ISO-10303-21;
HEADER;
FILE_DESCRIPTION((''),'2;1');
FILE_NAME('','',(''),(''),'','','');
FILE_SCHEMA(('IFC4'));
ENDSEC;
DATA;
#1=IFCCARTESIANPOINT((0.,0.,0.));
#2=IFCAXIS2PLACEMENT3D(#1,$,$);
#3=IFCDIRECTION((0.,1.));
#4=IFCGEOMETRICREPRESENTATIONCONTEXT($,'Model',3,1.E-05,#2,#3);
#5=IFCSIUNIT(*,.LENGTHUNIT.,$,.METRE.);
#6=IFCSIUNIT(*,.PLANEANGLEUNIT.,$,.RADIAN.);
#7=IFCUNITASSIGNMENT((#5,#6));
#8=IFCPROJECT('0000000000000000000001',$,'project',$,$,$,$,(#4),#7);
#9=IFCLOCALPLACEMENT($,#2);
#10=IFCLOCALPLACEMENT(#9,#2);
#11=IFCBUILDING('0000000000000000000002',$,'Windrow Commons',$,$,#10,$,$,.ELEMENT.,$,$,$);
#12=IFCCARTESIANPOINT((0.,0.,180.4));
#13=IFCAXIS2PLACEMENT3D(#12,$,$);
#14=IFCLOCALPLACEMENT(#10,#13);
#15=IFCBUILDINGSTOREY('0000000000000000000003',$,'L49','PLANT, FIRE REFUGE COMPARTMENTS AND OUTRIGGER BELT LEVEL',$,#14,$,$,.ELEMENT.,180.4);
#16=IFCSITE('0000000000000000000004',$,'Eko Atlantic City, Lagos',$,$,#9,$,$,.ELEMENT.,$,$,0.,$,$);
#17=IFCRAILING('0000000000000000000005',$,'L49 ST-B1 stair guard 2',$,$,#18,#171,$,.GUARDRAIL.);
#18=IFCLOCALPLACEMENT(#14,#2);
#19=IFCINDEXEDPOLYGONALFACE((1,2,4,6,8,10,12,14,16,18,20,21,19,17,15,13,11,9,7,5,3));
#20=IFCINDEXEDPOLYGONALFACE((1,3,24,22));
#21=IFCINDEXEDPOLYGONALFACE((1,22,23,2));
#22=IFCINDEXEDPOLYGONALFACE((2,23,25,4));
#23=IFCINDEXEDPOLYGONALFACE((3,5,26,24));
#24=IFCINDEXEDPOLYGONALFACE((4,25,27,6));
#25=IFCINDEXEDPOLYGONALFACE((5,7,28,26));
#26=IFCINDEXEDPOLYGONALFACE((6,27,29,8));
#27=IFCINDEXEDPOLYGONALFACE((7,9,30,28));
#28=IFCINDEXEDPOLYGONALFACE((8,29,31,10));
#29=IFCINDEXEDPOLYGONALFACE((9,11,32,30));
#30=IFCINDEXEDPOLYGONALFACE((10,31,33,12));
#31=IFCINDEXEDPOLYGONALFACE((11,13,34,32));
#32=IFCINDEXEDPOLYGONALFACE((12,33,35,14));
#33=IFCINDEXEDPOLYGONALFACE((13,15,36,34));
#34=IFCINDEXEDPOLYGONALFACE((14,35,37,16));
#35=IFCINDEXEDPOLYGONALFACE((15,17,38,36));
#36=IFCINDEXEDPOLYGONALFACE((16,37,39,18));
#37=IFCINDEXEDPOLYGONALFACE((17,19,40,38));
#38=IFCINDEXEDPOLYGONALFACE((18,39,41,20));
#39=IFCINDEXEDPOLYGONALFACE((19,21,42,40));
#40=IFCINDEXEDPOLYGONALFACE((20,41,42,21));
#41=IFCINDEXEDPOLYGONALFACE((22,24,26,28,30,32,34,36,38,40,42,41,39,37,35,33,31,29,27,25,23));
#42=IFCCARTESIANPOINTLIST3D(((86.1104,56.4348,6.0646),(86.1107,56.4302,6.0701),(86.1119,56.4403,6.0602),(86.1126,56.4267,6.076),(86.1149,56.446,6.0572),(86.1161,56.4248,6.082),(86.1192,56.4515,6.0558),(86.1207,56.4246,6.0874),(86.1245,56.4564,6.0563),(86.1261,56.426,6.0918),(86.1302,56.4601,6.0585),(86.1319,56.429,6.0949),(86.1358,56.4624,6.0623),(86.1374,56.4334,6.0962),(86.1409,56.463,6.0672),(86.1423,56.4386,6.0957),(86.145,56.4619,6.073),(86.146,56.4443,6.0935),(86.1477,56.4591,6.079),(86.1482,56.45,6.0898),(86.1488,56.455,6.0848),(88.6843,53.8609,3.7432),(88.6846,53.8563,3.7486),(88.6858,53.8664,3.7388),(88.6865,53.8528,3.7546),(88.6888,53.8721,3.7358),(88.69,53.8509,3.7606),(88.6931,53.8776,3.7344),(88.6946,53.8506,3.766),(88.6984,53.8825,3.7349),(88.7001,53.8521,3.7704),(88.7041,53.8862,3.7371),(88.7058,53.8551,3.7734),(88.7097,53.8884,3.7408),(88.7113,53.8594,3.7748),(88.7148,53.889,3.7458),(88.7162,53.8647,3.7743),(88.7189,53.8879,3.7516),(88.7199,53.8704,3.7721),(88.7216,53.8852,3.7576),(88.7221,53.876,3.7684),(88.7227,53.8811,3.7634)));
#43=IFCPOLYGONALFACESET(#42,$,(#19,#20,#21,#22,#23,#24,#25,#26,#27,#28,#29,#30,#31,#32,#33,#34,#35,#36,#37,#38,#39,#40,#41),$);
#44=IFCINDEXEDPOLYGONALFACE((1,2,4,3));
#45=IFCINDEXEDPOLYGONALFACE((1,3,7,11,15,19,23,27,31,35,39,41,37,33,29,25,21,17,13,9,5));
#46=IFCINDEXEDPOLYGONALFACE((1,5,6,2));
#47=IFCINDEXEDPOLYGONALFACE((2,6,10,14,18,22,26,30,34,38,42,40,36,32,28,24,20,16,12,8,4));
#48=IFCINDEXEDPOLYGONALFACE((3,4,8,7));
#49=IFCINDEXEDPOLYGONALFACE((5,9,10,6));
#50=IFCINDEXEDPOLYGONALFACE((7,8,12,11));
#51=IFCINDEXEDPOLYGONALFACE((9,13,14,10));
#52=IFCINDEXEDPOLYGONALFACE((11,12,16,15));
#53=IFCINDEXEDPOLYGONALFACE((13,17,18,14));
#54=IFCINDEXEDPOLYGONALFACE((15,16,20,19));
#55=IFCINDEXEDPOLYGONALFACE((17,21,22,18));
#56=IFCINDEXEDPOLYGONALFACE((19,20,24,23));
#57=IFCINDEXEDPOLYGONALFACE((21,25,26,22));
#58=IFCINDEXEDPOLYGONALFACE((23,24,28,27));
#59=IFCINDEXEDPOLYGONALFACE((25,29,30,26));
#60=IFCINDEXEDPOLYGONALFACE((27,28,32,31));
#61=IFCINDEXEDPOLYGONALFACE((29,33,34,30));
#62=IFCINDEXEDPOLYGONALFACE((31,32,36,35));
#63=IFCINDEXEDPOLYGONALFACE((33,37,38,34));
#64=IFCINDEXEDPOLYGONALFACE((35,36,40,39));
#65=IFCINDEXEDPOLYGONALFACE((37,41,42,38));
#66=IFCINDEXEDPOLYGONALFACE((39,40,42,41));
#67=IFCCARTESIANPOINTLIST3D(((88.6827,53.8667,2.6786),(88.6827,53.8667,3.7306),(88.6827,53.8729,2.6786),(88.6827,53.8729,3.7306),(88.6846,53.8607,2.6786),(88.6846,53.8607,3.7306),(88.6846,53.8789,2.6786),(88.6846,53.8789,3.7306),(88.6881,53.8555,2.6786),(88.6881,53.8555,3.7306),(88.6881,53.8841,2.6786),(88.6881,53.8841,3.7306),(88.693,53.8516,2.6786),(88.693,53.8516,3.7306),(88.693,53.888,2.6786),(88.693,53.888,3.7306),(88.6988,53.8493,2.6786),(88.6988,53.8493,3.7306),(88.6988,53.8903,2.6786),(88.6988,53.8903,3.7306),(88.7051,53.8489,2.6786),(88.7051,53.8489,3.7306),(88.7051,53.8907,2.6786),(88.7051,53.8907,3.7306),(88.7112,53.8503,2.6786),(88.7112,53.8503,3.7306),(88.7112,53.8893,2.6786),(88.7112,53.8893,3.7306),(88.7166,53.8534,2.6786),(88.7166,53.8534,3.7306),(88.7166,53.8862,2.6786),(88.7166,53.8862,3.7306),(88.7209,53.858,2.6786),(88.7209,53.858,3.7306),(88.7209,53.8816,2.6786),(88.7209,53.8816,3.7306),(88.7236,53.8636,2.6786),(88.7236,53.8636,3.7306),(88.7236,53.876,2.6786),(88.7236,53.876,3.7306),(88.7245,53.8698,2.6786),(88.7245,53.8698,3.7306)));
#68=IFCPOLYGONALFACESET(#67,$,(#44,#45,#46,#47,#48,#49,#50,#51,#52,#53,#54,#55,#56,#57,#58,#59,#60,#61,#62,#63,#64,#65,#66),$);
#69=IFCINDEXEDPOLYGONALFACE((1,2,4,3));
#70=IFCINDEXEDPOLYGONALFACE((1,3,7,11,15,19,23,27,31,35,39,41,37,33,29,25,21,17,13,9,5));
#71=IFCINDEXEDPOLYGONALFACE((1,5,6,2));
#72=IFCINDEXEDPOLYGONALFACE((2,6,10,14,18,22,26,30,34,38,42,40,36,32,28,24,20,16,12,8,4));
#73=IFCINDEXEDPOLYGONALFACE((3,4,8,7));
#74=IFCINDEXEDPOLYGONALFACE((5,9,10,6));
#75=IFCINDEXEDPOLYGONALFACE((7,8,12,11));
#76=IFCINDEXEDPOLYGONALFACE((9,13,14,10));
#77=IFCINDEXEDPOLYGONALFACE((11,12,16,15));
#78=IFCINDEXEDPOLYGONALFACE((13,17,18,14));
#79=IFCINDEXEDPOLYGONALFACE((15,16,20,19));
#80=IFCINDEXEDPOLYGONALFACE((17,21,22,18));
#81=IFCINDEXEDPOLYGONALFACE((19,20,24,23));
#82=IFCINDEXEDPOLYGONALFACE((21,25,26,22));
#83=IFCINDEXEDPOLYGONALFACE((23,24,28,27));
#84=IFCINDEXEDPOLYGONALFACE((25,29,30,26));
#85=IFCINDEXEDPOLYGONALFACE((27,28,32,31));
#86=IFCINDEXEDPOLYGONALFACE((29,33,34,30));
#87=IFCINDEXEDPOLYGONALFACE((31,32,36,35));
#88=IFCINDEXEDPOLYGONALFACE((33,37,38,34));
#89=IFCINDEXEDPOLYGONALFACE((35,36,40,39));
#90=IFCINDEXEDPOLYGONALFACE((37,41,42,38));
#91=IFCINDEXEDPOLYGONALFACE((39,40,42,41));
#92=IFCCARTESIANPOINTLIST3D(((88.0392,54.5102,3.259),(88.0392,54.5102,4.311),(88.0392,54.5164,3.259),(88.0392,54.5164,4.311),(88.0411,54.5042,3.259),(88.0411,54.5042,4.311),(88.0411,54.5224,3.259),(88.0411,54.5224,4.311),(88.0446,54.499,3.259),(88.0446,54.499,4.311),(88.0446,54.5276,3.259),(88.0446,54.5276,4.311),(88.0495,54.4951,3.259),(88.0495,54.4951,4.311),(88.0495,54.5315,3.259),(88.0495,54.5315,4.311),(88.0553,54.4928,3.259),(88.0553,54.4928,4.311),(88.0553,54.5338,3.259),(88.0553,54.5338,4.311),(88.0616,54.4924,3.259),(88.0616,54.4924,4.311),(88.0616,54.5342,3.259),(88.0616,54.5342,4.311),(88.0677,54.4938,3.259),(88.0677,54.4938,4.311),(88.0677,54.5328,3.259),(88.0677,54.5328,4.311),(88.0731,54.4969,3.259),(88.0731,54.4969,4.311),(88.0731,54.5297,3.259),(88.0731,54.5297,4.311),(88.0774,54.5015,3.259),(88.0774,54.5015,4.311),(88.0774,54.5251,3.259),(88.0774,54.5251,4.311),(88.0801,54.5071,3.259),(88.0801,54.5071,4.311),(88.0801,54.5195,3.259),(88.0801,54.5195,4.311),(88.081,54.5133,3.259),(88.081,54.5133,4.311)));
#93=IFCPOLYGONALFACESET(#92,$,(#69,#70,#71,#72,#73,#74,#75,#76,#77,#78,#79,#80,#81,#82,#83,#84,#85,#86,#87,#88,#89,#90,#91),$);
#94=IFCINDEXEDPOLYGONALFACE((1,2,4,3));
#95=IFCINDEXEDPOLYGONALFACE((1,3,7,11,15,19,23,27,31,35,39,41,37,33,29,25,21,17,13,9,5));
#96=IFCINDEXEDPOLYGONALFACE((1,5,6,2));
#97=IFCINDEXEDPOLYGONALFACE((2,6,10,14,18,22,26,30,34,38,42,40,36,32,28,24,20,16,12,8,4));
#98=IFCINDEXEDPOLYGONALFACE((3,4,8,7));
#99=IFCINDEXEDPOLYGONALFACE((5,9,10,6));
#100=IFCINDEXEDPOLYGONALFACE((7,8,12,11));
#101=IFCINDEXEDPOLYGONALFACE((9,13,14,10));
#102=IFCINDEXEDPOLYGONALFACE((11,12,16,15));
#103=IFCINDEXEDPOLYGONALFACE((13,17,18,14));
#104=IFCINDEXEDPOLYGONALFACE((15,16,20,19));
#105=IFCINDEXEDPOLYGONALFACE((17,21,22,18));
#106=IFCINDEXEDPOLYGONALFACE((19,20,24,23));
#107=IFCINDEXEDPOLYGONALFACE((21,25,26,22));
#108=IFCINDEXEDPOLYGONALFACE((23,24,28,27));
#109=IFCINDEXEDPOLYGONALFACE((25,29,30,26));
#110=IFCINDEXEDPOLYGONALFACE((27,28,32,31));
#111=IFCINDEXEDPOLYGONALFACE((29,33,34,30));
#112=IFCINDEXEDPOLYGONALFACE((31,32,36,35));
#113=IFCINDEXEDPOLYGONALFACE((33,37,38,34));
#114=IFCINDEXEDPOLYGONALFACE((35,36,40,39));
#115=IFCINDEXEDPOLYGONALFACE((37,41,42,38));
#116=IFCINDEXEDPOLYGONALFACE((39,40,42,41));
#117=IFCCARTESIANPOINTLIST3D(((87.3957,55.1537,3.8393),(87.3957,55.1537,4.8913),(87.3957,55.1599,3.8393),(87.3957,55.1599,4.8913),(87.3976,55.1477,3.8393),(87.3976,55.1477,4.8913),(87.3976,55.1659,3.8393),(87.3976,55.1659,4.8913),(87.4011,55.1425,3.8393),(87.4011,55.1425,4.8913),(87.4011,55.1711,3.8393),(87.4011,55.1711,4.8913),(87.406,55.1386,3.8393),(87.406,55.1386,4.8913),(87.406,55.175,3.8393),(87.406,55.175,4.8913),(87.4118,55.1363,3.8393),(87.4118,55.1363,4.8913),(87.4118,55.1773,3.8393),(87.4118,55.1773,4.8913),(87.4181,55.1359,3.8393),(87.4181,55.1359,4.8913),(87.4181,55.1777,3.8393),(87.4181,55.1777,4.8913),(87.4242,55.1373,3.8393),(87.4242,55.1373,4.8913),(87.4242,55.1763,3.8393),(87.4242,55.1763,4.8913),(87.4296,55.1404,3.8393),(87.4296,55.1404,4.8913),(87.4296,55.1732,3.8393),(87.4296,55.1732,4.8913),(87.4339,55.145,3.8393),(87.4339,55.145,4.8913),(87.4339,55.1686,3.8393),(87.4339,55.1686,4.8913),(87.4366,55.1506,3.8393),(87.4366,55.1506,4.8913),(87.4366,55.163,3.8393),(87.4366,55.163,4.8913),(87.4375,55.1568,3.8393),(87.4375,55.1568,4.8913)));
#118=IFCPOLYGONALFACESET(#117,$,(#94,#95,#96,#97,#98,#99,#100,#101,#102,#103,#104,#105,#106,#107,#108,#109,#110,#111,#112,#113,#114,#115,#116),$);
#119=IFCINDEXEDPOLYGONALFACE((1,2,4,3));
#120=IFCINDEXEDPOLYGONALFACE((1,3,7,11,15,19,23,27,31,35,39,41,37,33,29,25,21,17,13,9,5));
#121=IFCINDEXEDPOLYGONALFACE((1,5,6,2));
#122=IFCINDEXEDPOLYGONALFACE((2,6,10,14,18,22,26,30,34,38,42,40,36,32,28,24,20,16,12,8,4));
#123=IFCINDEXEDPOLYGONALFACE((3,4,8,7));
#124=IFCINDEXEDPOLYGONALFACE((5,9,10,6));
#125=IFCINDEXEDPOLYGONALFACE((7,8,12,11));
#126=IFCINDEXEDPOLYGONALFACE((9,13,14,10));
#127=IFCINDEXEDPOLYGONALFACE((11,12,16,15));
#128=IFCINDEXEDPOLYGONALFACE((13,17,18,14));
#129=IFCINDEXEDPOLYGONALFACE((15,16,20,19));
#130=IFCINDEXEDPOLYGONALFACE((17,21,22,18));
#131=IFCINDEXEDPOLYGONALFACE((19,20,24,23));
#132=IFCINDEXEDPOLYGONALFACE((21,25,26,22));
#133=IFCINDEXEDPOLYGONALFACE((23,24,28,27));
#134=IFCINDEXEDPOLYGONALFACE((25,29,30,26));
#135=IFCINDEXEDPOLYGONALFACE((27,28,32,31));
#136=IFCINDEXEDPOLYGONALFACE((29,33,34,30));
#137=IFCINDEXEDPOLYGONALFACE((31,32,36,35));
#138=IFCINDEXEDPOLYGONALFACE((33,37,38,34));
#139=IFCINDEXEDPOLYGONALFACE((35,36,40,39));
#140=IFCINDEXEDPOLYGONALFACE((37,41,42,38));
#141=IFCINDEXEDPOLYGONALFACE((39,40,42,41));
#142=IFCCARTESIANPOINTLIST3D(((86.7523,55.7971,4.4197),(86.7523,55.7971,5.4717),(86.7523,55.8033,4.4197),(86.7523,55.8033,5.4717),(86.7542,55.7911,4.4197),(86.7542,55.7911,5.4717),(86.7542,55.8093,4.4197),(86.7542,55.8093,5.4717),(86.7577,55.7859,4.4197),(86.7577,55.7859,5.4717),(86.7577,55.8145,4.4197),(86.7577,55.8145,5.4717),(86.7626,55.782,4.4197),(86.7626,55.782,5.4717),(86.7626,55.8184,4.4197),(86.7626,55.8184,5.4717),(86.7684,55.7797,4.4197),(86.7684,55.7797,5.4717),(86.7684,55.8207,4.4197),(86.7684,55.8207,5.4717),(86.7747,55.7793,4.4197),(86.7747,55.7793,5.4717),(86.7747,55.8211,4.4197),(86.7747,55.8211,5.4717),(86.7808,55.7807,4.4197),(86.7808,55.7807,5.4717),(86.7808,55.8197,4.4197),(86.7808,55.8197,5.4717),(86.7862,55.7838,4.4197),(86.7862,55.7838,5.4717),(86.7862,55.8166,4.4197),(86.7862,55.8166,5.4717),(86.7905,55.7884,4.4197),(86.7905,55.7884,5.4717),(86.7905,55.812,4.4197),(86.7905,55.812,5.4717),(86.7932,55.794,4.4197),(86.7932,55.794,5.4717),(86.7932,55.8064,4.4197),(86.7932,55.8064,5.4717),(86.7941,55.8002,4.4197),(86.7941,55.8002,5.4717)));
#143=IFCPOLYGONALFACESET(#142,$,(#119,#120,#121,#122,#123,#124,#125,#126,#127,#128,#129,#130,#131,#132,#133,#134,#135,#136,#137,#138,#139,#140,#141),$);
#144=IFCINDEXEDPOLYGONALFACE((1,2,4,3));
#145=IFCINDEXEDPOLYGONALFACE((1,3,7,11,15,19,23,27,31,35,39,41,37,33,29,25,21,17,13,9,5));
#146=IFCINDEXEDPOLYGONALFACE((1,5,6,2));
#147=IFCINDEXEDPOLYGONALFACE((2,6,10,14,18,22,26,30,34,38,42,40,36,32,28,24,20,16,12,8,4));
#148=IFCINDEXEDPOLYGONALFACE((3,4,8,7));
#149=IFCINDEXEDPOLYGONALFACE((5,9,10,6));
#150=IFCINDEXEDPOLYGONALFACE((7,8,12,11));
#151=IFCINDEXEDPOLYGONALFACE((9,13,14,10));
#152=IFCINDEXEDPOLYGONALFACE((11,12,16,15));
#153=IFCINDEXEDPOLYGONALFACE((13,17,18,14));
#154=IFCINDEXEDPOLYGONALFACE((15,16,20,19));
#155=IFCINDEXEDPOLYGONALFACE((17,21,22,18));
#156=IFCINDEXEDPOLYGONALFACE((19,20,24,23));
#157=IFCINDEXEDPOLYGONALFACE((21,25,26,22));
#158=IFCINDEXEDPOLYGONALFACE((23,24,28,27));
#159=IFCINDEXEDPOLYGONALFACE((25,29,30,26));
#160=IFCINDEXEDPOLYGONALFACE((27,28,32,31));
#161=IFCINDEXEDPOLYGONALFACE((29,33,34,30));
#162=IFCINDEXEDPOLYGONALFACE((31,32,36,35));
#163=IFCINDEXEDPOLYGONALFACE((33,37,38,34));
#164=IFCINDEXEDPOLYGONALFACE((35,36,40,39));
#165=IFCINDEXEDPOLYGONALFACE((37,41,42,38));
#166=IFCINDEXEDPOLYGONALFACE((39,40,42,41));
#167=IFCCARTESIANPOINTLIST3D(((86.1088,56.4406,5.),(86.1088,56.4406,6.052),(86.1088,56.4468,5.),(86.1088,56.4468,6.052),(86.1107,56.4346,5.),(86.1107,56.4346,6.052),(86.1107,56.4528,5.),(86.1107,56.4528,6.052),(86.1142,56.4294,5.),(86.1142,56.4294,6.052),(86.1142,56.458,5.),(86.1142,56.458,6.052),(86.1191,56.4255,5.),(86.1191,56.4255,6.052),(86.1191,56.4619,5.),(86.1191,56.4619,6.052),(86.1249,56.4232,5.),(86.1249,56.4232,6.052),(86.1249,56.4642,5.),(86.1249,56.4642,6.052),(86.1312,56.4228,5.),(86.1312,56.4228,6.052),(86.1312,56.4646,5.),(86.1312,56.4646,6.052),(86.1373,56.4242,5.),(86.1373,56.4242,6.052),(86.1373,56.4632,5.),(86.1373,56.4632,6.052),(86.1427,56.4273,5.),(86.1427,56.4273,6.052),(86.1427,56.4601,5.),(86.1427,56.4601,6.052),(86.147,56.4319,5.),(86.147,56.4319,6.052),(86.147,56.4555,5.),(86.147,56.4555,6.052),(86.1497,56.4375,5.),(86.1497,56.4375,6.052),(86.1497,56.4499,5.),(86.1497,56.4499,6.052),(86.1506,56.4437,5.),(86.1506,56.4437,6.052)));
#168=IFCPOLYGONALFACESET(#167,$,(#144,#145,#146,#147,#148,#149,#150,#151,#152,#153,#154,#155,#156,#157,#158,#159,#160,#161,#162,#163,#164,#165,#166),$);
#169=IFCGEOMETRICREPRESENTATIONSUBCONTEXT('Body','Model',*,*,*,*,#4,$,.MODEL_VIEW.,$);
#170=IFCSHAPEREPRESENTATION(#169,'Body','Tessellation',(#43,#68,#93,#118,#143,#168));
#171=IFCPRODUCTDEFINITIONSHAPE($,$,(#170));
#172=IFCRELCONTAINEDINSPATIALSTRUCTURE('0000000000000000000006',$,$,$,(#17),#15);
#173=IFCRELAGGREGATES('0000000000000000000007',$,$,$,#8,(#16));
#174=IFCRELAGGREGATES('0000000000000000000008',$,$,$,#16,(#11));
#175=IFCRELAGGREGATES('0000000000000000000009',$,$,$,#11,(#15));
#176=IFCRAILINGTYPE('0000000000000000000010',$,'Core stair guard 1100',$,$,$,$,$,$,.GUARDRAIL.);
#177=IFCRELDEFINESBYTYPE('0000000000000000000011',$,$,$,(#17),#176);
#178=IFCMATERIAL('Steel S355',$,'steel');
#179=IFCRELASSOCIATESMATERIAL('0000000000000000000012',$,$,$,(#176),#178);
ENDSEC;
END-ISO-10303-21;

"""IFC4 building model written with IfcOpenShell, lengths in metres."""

from ifc_helpers import new_model, si_unit, direction, frame, origin, origin_2d, place, context, subcontext, project, spatial, circle, extrude, material, type_object, element, save


model = new_model("IFC4")

# Units and contexts
model_context = context("Model", 3, precision=1e-05, world=origin(), true_north=direction((0.0, 1.0)))
body_context = subcontext(model_context, "Body", "Model", "MODEL_VIEW")
ifc_project = project(units=[si_unit("LENGTHUNIT", "METRE"), si_unit("PLANEANGLEUNIT", "RADIAN")], contexts=[model_context])

# Site, building, storey
site_placement = place(None, origin())
site = spatial("IfcSite", under=ifc_project, at=site_placement, Name="Eko Atlantic City, Lagos", CompositionType="ELEMENT", RefElevation=0.0)
building_placement = place(site_placement, origin())
building = spatial("IfcBuilding", under=site, at=building_placement, Name="Windrow Commons", CompositionType="ELEMENT")
storey_placement = place(building_placement, frame((0.0, 0.0, 180.4)))
storey = spatial("IfcBuildingStorey", under=building, at=storey_placement, Name="L49", Description="PLANT, FIRE REFUGE COMPARTMENTS AND OUTRIGGER BELT LEVEL", CompositionType="ELEMENT", Elevation=180.4)

# Railing
ifc_material_1 = material(Name="Steel S355", Category="steel")
railing_type_1 = type_object("IfcRailingType", Name="Core stair guard 1100", PredefinedType="GUARDRAIL", material=ifc_material_1)
railing_1_placement = place(storey_placement, frame((88.7035, 53.8698, 2.6786)))
element("IfcRailing", 1, at=railing_1_placement, inside=storey, type_object=railing_type_1, Name="L49 ST-B1 stair guard 2", PredefinedType="GUARDRAIL", context=body_context, shape_type="SweptSolid", body=[
    extrude(circle(Radius=0.024, at=origin_2d()), frame((0.0, 0.0, 1.076), z_axis=(-0.596187, 0.596187, 0.537701), x_axis=(-0.707107, -0.707107, 0.0)), (0.0, 0.0, 1.0), 4.3173),
    extrude(circle(Radius=0.021, at=origin_2d()), origin(), (0.0, 0.0, 1.0), 1.052),
    extrude(circle(Radius=0.021, at=origin_2d()), frame((-0.6435, 0.6435, 0.5804)), (0.0, 0.0, 1.0), 1.052),
    extrude(circle(Radius=0.021, at=origin_2d()), frame((-1.287, 1.287, 1.1607)), (0.0, 0.0, 1.0), 1.052),
    extrude(circle(Radius=0.021, at=origin_2d()), frame((-1.9304, 1.9304, 1.7411)), (0.0, 0.0, 1.0), 1.052),
    extrude(circle(Radius=0.021, at=origin_2d()), frame((-2.5739, 2.5739, 2.3214)), (0.0, 0.0, 1.0), 1.052),
])

save(model, "model.ifc")
